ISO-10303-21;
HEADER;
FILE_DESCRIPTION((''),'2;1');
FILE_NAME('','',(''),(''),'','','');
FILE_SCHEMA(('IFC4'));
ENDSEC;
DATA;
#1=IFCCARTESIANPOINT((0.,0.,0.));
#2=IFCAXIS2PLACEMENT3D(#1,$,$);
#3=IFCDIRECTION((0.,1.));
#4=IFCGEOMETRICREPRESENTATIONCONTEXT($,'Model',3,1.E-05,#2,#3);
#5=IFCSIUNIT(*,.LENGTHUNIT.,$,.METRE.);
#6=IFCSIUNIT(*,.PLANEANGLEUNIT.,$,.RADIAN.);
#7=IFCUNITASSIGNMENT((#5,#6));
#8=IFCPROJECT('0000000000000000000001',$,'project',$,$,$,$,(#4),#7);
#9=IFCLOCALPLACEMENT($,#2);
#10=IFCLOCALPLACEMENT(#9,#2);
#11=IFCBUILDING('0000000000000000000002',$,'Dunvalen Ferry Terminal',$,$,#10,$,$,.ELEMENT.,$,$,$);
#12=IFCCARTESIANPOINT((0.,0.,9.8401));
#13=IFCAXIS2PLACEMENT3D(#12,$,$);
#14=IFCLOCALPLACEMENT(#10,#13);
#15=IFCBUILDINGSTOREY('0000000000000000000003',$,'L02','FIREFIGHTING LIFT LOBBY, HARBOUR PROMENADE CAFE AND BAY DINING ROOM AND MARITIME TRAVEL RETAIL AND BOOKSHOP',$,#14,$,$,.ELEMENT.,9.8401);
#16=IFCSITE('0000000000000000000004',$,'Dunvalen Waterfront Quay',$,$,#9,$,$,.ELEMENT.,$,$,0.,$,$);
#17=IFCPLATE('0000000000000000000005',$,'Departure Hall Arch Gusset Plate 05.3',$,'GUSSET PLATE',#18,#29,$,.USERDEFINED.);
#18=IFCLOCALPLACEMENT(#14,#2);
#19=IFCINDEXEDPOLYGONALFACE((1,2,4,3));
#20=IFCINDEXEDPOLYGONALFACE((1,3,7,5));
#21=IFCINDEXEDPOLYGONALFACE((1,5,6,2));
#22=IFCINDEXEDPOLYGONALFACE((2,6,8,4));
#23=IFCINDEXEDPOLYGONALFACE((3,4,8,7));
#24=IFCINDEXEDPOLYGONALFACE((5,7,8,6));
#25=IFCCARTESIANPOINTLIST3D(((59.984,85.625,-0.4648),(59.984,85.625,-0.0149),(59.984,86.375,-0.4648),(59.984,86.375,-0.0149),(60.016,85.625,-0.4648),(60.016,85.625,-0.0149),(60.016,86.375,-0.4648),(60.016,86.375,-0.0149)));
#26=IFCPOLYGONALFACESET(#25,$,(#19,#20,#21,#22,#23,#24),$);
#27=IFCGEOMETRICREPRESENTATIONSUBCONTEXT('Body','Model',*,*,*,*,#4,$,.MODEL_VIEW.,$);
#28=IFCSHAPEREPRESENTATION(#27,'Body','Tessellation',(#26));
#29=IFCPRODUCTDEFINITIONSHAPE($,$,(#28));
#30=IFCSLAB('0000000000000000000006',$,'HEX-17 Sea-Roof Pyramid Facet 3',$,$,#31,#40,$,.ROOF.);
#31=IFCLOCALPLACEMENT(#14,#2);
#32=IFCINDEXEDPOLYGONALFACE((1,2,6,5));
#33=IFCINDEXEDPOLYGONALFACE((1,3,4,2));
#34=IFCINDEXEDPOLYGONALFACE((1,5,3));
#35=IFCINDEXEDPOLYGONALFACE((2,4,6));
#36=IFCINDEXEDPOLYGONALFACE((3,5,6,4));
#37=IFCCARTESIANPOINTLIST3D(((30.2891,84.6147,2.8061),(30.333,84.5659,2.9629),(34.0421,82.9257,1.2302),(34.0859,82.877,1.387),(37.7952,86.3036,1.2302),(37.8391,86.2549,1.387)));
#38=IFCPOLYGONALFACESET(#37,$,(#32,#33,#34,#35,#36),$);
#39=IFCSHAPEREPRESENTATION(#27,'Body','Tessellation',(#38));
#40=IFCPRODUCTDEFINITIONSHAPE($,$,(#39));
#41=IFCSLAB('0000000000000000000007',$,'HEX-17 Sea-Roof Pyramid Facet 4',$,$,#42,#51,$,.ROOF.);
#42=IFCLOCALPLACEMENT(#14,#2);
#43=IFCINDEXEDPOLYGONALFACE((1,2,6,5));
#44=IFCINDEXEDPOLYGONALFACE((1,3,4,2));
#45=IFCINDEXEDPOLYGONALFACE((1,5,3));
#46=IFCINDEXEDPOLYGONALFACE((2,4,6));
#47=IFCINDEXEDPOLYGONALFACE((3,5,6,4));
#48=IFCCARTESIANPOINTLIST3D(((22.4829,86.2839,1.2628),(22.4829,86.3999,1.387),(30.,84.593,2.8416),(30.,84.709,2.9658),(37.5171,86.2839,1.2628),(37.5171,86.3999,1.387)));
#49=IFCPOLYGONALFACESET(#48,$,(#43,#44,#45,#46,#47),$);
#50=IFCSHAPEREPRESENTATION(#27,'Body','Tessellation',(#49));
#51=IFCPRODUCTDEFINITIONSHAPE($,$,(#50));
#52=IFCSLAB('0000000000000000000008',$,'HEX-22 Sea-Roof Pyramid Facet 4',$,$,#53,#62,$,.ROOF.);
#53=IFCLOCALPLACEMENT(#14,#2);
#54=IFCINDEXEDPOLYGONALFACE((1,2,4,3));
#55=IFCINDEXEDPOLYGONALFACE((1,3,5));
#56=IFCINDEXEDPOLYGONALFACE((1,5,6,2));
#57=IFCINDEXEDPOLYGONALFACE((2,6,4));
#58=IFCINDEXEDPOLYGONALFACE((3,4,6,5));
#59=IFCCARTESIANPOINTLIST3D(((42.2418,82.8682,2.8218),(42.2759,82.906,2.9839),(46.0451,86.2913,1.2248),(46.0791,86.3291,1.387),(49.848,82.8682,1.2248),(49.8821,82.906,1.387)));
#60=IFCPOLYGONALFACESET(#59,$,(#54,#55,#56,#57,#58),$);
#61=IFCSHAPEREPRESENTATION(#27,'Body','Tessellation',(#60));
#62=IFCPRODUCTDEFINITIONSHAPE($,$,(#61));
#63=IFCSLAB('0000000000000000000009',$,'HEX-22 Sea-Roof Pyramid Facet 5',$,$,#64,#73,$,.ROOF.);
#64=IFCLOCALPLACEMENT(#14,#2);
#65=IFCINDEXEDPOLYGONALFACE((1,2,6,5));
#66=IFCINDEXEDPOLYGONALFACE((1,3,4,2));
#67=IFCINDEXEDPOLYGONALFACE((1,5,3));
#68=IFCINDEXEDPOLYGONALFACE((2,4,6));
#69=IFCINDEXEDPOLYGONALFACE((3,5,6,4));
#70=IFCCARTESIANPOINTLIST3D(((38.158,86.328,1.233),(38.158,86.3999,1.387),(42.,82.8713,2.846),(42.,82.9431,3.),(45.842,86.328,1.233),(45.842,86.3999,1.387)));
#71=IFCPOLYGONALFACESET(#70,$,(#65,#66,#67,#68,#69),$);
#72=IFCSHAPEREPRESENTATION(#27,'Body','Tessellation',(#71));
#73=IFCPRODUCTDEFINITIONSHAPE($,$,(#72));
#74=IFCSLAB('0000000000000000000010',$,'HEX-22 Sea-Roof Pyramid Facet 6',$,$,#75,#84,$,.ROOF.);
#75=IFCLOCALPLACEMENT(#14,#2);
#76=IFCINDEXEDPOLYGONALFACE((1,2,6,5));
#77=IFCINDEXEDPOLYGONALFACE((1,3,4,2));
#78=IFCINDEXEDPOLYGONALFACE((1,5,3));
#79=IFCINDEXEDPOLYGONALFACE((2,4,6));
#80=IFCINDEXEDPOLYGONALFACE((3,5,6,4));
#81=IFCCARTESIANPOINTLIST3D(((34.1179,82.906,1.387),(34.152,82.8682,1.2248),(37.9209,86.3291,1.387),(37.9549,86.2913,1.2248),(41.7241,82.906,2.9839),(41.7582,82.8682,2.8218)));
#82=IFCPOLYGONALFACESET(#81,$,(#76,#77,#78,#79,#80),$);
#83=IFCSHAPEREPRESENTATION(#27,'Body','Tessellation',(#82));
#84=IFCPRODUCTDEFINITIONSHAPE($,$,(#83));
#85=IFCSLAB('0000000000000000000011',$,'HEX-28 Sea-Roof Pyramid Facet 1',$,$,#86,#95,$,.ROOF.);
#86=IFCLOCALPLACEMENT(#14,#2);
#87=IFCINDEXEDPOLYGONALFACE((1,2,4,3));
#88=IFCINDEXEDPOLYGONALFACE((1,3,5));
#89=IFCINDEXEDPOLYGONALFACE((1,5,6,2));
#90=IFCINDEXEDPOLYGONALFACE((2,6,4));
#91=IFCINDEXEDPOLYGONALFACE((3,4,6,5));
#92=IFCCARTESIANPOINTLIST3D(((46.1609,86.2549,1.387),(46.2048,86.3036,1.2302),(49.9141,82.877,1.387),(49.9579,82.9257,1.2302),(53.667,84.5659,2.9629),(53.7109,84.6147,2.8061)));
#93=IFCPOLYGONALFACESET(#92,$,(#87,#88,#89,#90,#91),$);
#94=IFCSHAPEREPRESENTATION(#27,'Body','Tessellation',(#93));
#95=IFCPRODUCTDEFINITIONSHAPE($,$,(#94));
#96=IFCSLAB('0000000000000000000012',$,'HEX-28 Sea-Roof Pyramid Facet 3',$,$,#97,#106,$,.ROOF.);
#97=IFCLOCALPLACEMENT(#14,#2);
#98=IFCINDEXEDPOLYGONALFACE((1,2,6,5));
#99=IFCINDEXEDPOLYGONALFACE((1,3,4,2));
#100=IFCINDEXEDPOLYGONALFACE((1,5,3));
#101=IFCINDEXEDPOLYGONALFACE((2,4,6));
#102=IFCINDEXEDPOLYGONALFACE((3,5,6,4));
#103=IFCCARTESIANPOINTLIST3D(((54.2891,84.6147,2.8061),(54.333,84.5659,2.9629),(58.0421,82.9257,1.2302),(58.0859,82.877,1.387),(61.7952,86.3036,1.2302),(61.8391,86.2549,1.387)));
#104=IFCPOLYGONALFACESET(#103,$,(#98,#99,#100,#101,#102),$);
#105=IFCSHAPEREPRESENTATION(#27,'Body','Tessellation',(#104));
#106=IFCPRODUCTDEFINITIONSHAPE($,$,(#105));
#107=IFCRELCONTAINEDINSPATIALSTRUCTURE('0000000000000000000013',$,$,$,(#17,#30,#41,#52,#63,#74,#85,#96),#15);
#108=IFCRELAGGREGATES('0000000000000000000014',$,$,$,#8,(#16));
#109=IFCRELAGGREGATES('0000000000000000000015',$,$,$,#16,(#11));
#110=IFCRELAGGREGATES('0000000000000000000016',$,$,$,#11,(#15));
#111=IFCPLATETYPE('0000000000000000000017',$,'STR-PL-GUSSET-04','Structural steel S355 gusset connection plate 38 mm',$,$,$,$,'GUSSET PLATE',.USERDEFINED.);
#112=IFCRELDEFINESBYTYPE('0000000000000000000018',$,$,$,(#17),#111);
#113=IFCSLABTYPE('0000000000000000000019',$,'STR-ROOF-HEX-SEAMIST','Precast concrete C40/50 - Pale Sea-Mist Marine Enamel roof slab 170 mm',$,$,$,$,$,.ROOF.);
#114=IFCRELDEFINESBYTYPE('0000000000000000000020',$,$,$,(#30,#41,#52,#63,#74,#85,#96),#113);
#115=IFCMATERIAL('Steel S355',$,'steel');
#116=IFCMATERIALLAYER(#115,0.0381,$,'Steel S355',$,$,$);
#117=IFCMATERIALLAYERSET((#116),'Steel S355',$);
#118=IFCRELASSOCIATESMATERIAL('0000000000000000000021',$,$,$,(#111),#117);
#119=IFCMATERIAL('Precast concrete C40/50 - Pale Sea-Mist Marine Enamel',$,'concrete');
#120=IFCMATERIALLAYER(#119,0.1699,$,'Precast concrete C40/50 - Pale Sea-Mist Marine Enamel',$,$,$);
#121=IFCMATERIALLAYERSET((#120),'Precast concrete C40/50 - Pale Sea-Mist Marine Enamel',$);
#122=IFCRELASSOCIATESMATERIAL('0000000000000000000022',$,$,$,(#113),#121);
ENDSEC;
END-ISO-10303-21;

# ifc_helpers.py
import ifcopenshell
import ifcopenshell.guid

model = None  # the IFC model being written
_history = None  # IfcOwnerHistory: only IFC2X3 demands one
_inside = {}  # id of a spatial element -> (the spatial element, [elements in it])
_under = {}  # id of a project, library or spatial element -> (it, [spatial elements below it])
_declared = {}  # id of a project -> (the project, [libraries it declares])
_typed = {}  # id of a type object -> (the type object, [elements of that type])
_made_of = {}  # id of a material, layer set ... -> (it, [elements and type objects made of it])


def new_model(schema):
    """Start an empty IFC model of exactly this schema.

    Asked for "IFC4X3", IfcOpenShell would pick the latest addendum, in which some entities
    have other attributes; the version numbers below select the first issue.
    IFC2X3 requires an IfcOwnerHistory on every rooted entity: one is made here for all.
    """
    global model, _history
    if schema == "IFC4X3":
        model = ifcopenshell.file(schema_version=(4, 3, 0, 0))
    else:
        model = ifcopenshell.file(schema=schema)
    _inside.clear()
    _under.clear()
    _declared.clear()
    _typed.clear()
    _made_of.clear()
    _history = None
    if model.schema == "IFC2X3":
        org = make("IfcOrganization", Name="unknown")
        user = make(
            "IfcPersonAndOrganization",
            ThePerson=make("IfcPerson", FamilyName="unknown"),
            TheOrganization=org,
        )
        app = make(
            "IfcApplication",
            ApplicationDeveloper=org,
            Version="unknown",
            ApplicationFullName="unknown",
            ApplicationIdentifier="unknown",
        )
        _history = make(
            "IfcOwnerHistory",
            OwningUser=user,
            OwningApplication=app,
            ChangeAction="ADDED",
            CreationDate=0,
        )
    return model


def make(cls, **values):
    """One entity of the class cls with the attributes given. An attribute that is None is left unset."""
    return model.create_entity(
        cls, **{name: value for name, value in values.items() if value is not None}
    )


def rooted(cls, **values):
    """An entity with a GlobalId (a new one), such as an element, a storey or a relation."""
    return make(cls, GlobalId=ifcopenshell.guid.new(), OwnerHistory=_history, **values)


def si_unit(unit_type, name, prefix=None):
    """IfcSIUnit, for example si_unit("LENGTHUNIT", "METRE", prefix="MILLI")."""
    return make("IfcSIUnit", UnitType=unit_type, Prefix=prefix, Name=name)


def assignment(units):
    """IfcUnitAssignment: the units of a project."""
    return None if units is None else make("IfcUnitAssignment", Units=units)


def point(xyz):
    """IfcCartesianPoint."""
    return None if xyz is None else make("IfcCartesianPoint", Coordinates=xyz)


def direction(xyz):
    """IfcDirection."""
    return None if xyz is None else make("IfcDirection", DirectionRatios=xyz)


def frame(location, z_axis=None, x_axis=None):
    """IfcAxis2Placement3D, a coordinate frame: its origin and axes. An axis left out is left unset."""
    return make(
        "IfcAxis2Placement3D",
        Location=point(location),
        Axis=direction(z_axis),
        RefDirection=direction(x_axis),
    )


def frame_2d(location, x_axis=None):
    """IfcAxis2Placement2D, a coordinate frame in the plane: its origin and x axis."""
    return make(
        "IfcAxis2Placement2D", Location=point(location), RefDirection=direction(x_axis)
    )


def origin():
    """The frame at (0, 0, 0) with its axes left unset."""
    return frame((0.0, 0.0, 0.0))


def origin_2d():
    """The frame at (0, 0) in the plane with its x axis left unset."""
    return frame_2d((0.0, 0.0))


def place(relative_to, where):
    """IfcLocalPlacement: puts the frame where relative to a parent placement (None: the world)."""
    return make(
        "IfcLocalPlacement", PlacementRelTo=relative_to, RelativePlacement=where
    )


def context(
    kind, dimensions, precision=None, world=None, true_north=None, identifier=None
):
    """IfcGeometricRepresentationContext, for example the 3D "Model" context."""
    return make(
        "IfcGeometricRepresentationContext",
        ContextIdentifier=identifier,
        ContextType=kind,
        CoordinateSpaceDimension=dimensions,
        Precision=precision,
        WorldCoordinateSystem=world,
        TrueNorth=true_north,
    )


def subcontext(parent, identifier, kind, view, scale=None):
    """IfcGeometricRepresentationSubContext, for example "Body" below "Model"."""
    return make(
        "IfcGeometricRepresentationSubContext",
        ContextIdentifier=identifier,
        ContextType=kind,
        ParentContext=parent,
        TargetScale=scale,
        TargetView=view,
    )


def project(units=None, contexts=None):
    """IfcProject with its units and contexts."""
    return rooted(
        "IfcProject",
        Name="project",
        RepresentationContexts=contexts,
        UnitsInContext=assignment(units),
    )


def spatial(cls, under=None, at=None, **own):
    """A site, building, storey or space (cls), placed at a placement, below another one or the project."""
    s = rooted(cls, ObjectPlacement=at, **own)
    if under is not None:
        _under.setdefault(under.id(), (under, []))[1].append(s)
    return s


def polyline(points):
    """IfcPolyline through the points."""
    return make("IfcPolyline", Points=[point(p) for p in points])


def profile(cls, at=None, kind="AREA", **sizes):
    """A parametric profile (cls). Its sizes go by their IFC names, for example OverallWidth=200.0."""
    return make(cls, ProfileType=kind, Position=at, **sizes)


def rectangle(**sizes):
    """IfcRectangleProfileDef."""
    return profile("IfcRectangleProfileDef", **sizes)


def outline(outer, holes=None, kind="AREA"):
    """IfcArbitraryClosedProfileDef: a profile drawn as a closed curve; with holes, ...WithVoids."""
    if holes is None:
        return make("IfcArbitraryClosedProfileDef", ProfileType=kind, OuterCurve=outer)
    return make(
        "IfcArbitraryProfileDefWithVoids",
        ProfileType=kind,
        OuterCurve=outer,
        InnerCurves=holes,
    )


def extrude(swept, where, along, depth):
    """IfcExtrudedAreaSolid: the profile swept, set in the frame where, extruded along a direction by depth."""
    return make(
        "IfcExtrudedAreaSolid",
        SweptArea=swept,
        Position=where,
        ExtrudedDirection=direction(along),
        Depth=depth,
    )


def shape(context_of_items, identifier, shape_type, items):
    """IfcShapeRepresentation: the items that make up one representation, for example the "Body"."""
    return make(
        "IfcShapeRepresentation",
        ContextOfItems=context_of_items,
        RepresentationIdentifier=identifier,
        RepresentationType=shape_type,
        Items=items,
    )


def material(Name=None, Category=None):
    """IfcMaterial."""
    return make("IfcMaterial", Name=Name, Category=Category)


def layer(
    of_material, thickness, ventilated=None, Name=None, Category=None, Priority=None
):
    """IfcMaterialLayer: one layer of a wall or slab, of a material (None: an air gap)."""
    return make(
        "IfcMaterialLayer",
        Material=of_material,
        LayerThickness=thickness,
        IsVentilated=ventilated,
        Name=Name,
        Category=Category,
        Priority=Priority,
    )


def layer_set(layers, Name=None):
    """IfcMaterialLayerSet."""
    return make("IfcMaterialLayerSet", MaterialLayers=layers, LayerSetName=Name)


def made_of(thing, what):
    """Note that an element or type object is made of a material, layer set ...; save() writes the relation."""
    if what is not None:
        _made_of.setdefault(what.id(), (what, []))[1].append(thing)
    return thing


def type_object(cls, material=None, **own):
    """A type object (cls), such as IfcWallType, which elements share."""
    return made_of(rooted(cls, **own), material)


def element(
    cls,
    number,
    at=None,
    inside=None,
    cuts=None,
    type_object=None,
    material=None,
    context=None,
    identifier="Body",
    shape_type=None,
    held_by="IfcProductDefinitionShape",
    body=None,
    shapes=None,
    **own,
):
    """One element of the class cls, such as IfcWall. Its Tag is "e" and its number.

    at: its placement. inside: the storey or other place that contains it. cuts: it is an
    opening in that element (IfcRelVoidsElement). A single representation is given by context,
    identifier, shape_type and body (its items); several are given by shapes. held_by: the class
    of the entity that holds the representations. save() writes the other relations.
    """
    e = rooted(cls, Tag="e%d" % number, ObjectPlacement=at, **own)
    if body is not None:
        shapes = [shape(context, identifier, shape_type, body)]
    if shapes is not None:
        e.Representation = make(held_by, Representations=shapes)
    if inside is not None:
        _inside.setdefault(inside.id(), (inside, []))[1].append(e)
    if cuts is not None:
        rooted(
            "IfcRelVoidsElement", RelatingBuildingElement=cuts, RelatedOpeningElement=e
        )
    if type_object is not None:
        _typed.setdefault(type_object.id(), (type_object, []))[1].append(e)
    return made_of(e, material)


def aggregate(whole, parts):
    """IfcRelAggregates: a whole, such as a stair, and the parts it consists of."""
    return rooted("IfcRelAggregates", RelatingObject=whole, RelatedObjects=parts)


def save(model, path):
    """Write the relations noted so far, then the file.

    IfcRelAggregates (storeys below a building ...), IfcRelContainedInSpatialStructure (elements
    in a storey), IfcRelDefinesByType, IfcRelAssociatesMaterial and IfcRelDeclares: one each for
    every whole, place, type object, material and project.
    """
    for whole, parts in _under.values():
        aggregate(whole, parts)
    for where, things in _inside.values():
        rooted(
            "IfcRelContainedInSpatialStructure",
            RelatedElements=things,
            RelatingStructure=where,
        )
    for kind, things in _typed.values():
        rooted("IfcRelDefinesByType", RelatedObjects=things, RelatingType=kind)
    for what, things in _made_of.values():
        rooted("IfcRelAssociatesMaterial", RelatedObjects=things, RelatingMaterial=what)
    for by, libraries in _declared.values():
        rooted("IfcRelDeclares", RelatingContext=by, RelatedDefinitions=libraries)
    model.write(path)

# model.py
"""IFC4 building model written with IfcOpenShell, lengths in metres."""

from ifc_helpers import new_model, si_unit, direction, frame, origin, origin_2d, place, context, subcontext, project, spatial, polyline, rectangle, outline, extrude, material, layer, layer_set, type_object, element, save


model = new_model("IFC4")

# Units and contexts
model_context = context("Model", 3, precision=1e-05, world=origin(), true_north=direction((0.0, 1.0)))
body_context = subcontext(model_context, "Body", "Model", "MODEL_VIEW")
ifc_project = project(units=[si_unit("LENGTHUNIT", "METRE"), si_unit("PLANEANGLEUNIT", "RADIAN")], contexts=[model_context])

# Site, building, storey
site_placement = place(None, origin())
site = spatial("IfcSite", under=ifc_project, at=site_placement, Name="Dunvalen Waterfront Quay", CompositionType="ELEMENT", RefElevation=0.0)
building_placement = place(site_placement, origin())
building = spatial("IfcBuilding", under=site, at=building_placement, Name="Dunvalen Ferry Terminal", CompositionType="ELEMENT")
storey_placement = place(building_placement, frame((0.0, 0.0, 9.8401)))
storey = spatial("IfcBuildingStorey", under=building, at=storey_placement, Name="L02", Description="FIREFIGHTING LIFT LOBBY, HARBOUR PROMENADE CAFE AND BAY DINING ROOM AND MARITIME TRAVEL RETAIL AND BOOKSHOP", CompositionType="ELEMENT", Elevation=9.8401)

# Shared definitions
ifc_material_1 = material(Name="Steel S355", Category="steel")

# Plate
ifc_layer_1 = layer(ifc_material_1, 0.0381, Name="Steel S355")
ifc_layer_set_1 = layer_set([ifc_layer_1], Name="Steel S355")
plate_type_1 = type_object("IfcPlateType", Name="STR-PL-GUSSET-04", Description="Structural steel S355 gusset connection plate 38 mm", ElementType="GUSSET PLATE", PredefinedType="USERDEFINED", material=ifc_layer_set_1)
for number, where, z_axis, x_axis, name in (
    (1, (60.0, 86.0, -0.4648), (0.0, 0.0, 1.0), (1.0, 0.0, 0.0), "Departure Hall Arch Gusset Plate 05.3"),
):
    element("IfcPlate", number, at=place(storey_placement, frame(where, z_axis=z_axis, x_axis=x_axis)), inside=storey, type_object=plate_type_1, Name=name, ObjectType="GUSSET PLATE", PredefinedType="USERDEFINED", context=body_context, shape_type="SweptSolid", body=[
        extrude(rectangle(XDim=0.032, YDim=0.75, at=origin_2d()), origin(), (0.0, 0.0, 1.0), 0.45),
    ])

# Slabs
ifc_material_2 = material(Name="Precast concrete C40/50 - Pale Sea-Mist Marine Enamel", Category="concrete")
ifc_layer_2 = layer(ifc_material_2, 0.1699, Name="Precast concrete C40/50 - Pale Sea-Mist Marine Enamel")
ifc_layer_set_2 = layer_set([ifc_layer_2], Name="Precast concrete C40/50 - Pale Sea-Mist Marine Enamel")
slab_type = type_object("IfcSlabType", Name="STR-ROOF-HEX-SEAMIST", Description="Precast concrete C40/50 - Pale Sea-Mist Marine Enamel roof slab 170 mm", PredefinedType="ROOF", material=ifc_layer_set_2)
slab_1_placement = place(storey_placement, frame((34.0859, 82.877, 1.387), z_axis=(0.258241, -0.286929, 0.922488), x_axis=(0.743287, 0.668973, 0.0)))
element("IfcSlab", 2, at=slab_1_placement, inside=storey, type_object=slab_type, Name="HEX-17 Sea-Roof Pyramid Facet 3", PredefinedType="ROOF", context=body_context, shape_type="SweptSolid", body=[
    extrude(outline(polyline([(0.0, 0.0), (5.0494, 0.0), (-1.6596, 4.0824), (0.0, 0.0)])), origin(), (0.0, 0.0, -1.0), 0.1699),
])
slab_2_placement = place(storey_placement, frame((37.5171, 86.3999, 1.387), z_axis=(0.0, 0.682472, 0.730911), x_axis=(-1.0, 0.0, 0.0)))
element("IfcSlab", 3, at=slab_2_placement, inside=storey, type_object=slab_type, Name="HEX-17 Sea-Roof Pyramid Facet 4", PredefinedType="ROOF", context=body_context, shape_type="SweptSolid", body=[
    extrude(outline(polyline([(0.0, 0.0), (15.0342, 0.0), (7.5171, 2.3134), (0.0, 0.0)])), origin(), (0.0, 0.0, -1.0), 0.1699),
])
slab_3_placement = place(storey_placement, frame((49.8821, 82.906, 1.387), z_axis=(0.200318, 0.222548, 0.95412), x_axis=(-0.743254, 0.66901, 0.0)))
element("IfcSlab", 4, at=slab_3_placement, inside=storey, type_object=slab_type, Name="HEX-22 Sea-Roof Pyramid Facet 4", PredefinedType="ROOF", context=body_context, shape_type="SweptSolid", body=[
    extrude(outline(polyline([(0.0, 0.0), (5.1167, 0.0), (5.6533, 5.3333), (0.0, 0.0)])), origin(), (0.0, 0.0, -1.0), 0.1699),
])
slab_4_placement = place(storey_placement, frame((45.842, 86.3999, 1.387), z_axis=(0.0, 0.422857, 0.906196), x_axis=(-1.0, 0.0, 0.0)))
element("IfcSlab", 5, at=slab_4_placement, inside=storey, type_object=slab_type, Name="HEX-22 Sea-Roof Pyramid Facet 5", PredefinedType="ROOF", context=body_context, shape_type="SweptSolid", body=[
    extrude(outline(polyline([(0.0, 0.0), (7.6841, 0.0), (3.842, 3.8146), (0.0, 0.0)])), origin(), (0.0, 0.0, -1.0), 0.1699),
])
slab_5_placement = place(storey_placement, frame((37.9209, 86.3291, 1.387), z_axis=(-0.200318, 0.222548, 0.95412), x_axis=(-0.743254, -0.66901, 0.0)))
element("IfcSlab", 6, at=slab_5_placement, inside=storey, type_object=slab_type, Name="HEX-22 Sea-Roof Pyramid Facet 6", PredefinedType="ROOF", context=body_context, shape_type="SweptSolid", body=[
    extrude(outline(polyline([(0.0, 0.0), (5.1167, 0.0), (-0.5367, 5.3333), (0.0, 0.0)])), origin(), (0.0, 0.0, -1.0), 0.1699),
])
slab_6_placement = place(storey_placement, frame((46.1609, 86.2549, 1.387), z_axis=(-0.258241, -0.286929, 0.922488), x_axis=(0.743287, -0.668973, 0.0)))
element("IfcSlab", 7, at=slab_6_placement, inside=storey, type_object=slab_type, Name="HEX-28 Sea-Roof Pyramid Facet 1", PredefinedType="ROOF", context=body_context, shape_type="SweptSolid", body=[
    extrude(outline(polyline([(0.0, 0.0), (5.0494, 0.0), (6.7091, 4.0824), (0.0, 0.0)])), origin(), (0.0, 0.0, -1.0), 0.1699),
])
slab_7_placement = place(storey_placement, frame((58.0859, 82.877, 1.387), z_axis=(0.258241, -0.286929, 0.922488), x_axis=(0.743287, 0.668973, 0.0)))
element("IfcSlab", 8, at=slab_7_placement, inside=storey, type_object=slab_type, Name="HEX-28 Sea-Roof Pyramid Facet 3", PredefinedType="ROOF", context=body_context, shape_type="SweptSolid", body=[
    extrude(outline(polyline([(0.0, 0.0), (5.0494, 0.0), (-1.6596, 4.0824), (0.0, 0.0)])), origin(), (0.0, 0.0, -1.0), 0.1699),
])

save(model, "model.ifc")
